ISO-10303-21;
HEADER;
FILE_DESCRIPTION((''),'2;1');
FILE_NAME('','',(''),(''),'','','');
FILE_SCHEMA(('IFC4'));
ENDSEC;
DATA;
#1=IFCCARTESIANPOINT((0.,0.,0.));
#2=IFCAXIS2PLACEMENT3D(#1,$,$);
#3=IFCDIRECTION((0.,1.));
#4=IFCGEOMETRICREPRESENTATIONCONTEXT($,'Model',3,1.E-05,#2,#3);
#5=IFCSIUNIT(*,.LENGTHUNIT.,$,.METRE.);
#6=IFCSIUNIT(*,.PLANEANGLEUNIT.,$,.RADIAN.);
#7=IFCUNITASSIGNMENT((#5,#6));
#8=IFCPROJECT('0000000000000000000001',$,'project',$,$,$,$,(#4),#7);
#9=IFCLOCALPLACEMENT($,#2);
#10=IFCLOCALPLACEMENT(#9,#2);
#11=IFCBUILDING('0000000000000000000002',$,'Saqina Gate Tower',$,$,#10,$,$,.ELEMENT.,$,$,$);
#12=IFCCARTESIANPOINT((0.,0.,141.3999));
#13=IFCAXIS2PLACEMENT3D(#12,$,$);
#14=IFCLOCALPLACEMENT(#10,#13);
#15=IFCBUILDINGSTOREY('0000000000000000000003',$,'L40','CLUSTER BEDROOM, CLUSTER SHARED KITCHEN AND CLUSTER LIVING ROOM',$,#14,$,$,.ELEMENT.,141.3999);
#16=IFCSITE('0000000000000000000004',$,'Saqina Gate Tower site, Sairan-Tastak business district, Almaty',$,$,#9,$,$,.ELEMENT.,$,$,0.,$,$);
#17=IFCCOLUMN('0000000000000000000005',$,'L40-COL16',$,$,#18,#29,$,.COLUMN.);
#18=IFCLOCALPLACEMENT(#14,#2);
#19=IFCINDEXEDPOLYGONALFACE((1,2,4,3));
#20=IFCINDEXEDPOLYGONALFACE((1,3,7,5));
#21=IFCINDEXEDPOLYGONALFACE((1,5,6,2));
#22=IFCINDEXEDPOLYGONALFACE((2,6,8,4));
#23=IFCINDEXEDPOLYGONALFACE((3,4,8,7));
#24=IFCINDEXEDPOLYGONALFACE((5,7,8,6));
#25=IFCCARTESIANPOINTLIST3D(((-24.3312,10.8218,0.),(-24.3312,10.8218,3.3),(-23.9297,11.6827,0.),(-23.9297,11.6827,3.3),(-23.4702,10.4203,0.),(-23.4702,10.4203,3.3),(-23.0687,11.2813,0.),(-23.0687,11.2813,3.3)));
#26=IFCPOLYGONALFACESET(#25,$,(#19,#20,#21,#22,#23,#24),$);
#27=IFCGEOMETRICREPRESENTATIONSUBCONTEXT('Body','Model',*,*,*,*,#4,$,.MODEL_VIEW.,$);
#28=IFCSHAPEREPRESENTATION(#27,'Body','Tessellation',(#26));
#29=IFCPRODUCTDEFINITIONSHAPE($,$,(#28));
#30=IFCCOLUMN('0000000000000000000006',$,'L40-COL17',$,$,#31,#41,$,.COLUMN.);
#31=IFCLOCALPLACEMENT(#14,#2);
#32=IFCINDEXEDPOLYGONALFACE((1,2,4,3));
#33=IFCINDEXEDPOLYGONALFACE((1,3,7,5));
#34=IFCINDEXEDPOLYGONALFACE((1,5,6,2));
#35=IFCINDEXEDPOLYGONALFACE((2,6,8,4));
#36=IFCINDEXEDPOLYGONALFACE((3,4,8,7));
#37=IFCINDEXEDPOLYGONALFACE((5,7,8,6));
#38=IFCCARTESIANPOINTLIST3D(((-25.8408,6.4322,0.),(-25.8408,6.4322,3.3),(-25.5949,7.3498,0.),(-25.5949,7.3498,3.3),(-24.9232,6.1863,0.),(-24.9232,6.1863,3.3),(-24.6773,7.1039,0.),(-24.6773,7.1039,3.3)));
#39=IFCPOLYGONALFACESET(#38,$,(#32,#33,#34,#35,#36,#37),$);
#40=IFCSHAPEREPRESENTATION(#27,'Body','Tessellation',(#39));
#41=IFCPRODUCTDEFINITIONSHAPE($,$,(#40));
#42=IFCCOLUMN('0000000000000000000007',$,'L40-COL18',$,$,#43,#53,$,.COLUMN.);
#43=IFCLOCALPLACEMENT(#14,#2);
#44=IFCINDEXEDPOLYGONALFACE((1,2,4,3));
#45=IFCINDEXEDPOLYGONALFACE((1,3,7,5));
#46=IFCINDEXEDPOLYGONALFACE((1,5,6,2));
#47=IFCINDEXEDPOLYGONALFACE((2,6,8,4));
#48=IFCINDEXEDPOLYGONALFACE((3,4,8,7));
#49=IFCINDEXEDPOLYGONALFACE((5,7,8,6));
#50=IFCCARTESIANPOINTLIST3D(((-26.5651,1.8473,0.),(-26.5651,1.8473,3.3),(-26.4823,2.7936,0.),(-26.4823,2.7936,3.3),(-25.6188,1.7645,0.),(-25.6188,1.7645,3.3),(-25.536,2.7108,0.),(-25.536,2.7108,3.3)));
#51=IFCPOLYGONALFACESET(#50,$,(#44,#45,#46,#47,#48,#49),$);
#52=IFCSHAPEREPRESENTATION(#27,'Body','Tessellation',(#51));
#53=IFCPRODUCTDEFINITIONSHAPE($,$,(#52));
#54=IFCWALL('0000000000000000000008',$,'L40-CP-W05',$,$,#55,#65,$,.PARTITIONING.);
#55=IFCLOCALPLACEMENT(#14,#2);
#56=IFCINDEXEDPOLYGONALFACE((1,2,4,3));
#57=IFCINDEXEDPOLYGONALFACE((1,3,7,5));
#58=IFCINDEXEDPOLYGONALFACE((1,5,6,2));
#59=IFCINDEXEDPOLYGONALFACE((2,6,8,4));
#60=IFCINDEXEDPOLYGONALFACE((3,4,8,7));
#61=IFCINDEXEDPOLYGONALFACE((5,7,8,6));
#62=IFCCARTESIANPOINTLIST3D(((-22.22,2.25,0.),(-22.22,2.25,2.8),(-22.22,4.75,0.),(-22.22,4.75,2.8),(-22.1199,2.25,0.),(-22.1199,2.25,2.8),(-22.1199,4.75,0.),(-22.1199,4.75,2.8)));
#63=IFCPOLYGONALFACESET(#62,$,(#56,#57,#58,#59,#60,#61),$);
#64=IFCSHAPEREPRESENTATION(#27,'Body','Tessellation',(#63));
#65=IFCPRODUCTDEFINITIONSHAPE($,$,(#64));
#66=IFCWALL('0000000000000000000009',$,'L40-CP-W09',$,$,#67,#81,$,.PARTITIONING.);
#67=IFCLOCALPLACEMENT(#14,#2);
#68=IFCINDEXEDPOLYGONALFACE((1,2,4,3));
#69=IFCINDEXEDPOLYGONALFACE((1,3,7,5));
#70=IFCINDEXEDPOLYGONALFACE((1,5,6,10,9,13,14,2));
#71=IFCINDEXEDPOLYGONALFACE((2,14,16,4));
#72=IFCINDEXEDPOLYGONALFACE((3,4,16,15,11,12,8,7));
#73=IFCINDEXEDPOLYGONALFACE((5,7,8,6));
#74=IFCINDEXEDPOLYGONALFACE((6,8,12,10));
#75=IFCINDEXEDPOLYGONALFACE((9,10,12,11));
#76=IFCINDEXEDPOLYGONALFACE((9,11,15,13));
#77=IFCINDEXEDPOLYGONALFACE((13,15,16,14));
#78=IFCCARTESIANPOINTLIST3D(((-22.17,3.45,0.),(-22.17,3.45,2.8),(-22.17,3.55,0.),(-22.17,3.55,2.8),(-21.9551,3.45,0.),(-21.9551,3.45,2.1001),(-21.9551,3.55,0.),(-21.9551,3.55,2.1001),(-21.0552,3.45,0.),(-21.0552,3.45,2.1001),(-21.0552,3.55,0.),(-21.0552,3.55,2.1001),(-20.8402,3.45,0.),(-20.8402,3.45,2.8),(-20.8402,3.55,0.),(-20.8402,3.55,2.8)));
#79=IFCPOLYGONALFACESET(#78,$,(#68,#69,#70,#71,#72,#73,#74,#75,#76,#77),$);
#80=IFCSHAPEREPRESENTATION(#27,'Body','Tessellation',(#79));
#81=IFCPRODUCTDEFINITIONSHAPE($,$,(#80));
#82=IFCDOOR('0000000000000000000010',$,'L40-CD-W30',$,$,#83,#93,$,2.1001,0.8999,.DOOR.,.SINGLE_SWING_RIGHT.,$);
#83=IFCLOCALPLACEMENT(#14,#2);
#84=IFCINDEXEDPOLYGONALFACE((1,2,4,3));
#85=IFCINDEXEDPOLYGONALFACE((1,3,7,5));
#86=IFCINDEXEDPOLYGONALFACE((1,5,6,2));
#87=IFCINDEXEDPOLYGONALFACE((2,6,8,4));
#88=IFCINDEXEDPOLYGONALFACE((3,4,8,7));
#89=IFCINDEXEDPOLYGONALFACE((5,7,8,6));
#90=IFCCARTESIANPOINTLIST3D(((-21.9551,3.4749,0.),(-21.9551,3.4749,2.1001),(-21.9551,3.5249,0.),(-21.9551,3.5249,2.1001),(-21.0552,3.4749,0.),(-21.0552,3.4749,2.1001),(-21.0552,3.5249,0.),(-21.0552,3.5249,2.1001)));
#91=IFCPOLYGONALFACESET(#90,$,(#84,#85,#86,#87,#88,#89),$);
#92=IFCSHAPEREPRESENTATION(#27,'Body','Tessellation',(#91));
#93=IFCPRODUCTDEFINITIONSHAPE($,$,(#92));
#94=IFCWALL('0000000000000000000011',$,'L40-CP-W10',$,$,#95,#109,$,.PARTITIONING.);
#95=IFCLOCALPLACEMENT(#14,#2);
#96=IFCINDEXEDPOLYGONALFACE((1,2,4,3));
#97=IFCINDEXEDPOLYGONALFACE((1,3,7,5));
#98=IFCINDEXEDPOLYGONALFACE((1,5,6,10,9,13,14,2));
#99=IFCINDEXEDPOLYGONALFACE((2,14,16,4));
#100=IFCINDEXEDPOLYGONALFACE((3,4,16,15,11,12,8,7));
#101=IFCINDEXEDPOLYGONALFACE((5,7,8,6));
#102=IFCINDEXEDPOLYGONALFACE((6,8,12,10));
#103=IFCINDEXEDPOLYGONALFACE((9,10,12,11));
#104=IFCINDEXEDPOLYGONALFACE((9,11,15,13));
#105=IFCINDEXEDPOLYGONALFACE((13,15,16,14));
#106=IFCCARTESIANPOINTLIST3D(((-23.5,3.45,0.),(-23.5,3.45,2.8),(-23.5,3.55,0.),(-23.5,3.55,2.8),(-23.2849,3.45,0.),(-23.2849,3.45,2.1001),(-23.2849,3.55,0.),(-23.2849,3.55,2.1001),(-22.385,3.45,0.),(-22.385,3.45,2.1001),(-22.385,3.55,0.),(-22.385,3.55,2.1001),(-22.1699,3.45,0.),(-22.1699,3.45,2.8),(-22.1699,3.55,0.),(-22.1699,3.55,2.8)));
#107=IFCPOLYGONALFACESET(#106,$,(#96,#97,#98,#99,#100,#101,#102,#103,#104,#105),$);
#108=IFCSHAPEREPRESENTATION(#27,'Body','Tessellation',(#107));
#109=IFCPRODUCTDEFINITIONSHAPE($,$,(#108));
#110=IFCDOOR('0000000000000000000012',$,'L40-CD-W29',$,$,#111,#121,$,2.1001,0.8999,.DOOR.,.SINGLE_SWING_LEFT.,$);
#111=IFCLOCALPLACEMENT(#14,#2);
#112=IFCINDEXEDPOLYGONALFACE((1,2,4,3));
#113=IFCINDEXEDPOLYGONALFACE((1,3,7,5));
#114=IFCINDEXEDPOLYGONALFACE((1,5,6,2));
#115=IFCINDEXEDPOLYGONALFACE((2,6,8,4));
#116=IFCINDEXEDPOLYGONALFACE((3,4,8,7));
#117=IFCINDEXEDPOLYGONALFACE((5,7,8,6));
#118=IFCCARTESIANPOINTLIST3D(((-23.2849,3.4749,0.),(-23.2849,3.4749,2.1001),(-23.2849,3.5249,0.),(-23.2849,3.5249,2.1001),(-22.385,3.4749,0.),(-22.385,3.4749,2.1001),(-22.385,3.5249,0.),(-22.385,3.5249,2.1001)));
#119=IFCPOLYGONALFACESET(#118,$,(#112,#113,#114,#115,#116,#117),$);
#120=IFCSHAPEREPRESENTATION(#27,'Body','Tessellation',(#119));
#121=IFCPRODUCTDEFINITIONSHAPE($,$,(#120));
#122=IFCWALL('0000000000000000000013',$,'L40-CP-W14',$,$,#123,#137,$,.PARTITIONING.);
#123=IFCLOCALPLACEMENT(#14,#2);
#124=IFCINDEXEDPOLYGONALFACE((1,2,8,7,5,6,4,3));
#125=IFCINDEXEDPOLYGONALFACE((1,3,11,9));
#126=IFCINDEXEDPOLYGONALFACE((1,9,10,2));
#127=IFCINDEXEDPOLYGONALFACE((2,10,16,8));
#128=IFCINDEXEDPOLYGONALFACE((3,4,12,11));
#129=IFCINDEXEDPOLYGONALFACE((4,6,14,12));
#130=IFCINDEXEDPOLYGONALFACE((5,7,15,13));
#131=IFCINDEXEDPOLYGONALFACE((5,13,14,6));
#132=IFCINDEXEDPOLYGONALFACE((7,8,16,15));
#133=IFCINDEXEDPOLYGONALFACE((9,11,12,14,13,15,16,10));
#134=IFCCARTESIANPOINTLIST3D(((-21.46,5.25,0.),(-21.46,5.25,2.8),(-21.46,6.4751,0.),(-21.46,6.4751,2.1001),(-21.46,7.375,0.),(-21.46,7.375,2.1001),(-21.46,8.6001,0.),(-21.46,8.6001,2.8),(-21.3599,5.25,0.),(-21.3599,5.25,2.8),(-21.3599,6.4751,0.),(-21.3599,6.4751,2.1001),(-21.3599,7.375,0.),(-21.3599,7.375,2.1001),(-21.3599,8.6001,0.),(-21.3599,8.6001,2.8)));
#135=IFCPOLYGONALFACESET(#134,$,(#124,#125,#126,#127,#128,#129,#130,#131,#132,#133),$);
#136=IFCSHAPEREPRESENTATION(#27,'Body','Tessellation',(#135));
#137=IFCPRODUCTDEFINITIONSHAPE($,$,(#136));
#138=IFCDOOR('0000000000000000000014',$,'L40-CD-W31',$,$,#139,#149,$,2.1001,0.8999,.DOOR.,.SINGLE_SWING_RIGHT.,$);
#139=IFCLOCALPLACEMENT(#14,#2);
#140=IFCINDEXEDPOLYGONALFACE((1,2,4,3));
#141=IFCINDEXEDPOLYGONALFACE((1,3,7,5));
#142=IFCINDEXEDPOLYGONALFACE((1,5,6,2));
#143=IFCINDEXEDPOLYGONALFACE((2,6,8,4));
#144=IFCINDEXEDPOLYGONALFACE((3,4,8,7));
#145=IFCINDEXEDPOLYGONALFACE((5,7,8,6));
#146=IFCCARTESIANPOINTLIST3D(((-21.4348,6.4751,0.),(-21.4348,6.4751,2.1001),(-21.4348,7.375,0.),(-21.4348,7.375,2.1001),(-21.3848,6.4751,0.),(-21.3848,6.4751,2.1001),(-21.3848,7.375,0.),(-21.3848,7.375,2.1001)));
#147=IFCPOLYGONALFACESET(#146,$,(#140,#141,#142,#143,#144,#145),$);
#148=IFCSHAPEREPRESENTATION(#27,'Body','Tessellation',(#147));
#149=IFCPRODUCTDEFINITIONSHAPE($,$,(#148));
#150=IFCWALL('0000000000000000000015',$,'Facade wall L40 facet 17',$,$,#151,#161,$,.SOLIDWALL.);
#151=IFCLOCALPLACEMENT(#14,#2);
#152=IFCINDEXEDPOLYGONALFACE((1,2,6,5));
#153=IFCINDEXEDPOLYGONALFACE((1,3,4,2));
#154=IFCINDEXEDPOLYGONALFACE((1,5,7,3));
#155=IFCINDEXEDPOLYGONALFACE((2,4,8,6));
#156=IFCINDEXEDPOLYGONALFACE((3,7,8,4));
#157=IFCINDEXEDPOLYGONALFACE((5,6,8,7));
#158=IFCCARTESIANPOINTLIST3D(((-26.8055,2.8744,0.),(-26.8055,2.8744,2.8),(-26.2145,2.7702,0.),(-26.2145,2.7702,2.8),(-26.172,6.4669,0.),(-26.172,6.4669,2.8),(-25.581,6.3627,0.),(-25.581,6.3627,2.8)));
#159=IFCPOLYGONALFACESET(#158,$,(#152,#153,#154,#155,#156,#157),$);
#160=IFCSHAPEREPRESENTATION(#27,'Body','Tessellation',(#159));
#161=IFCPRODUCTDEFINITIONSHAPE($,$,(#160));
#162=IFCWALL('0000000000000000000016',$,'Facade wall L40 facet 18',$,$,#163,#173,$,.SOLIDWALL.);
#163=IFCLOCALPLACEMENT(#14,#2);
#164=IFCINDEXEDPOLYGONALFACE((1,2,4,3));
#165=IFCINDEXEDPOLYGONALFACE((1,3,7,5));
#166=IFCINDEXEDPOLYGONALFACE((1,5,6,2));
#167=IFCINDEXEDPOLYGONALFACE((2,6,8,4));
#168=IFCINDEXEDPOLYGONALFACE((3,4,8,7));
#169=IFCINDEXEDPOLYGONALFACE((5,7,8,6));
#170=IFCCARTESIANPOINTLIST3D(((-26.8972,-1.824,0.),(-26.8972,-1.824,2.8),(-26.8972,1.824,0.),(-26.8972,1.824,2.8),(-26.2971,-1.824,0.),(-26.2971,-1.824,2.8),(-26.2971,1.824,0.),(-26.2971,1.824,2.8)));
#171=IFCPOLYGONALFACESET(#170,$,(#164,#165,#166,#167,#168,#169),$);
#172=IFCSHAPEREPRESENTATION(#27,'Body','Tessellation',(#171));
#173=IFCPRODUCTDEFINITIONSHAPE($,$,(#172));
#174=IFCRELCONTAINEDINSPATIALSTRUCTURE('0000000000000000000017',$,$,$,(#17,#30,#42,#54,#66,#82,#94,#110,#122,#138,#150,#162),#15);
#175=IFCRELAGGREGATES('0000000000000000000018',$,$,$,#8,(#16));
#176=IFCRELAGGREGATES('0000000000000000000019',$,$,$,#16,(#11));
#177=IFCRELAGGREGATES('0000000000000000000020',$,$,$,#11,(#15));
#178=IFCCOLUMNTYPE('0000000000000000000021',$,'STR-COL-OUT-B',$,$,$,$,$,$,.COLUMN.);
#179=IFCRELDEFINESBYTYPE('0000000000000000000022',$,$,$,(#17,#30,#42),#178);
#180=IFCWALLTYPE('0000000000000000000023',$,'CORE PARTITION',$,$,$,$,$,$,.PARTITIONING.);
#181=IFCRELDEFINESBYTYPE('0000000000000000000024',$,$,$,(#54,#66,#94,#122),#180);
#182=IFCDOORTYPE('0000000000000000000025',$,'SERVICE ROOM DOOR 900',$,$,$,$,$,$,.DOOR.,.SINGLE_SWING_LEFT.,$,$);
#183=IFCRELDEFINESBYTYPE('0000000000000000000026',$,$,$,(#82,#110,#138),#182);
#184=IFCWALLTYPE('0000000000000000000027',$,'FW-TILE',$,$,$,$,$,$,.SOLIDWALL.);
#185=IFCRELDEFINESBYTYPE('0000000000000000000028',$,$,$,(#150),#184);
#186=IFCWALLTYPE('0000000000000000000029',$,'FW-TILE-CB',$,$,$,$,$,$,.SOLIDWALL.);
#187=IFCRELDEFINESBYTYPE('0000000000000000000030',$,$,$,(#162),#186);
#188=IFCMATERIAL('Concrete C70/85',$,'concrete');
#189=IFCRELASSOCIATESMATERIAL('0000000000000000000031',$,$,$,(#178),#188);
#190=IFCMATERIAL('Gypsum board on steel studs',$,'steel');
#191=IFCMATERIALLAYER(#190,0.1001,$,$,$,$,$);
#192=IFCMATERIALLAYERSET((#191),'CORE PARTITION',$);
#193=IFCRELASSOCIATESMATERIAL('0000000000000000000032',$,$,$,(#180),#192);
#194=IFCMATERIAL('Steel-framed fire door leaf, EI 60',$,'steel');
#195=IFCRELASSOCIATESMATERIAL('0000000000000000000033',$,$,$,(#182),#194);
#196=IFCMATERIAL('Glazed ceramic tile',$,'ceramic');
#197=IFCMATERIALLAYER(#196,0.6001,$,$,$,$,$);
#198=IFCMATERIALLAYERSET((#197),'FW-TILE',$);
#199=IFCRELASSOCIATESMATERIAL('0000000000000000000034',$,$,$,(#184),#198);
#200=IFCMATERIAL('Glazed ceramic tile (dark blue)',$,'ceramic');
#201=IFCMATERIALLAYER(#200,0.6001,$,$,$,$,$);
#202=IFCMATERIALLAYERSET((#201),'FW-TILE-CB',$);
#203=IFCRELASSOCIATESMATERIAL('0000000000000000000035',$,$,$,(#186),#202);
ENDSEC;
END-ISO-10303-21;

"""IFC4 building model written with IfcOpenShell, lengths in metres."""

from ifc_helpers import new_model, si_unit, direction, frame, frame_2d, origin, origin_2d, place, context, subcontext, project, spatial, rectangle, extrude, material, layer, layer_set, material_profile, profile_set, type_object, element, fill, save


model = new_model("IFC4")

# Units and contexts
model_context = context("Model", 3, precision=1e-05, world=origin(), true_north=direction((0.0, 1.0)))
body_context = subcontext(model_context, "Body", "Model", "MODEL_VIEW")
ifc_project = project(units=[si_unit("LENGTHUNIT", "METRE"), si_unit("PLANEANGLEUNIT", "RADIAN")], contexts=[model_context])

# Site, building, storey
site_placement = place(None, origin())
site = spatial("IfcSite", under=ifc_project, at=site_placement, Name="Saqina Gate Tower site, Sairan-Tastak business district, Almaty", CompositionType="ELEMENT", RefElevation=0.0)
building_placement = place(site_placement, origin())
building = spatial("IfcBuilding", under=site, at=building_placement, Name="Saqina Gate Tower", CompositionType="ELEMENT")
storey_placement = place(building_placement, frame((0.0, 0.0, 141.3999)))
storey = spatial("IfcBuildingStorey", under=building, at=storey_placement, Name="L40", Description="CLUSTER BEDROOM, CLUSTER SHARED KITCHEN AND CLUSTER LIVING ROOM", CompositionType="ELEMENT", Elevation=141.3999)

# Columns
ifc_material_1 = material(Name="Concrete C70/85", Category="concrete")
ifc_material_profile = material_profile(ifc_material_1, rectangle(XDim=0.95, YDim=0.95, at=origin_2d()), Name="RC 950x950")
ifc_profile_set = profile_set([ifc_material_profile], Name="Concrete C70/85")
column_type = type_object("IfcColumnType", Name="STR-COL-OUT-B", PredefinedType="COLUMN", material=ifc_profile_set)
for number, where, z_axis, x_axis, name in (
    (1, (-23.7, 11.0515, 0.0), (0.0, 0.0, 1.0), (-0.906308, 0.422618, 0.0), "L40-COL16"),
    (2, (-25.259, 6.7681, 0.0), (0.0, 0.0, 1.0), (-0.965926, 0.258819, 0.0), "L40-COL17"),
    (3, (-26.0505, 2.2791, 0.0), (0.0, 0.0, 1.0), (-0.996195, 0.087156, 0.0), "L40-COL18"),
):
    element("IfcColumn", number, at=place(storey_placement, frame(where, z_axis=z_axis, x_axis=x_axis)), inside=storey, type_object=column_type, Name=name, PredefinedType="COLUMN", context=body_context, shape_type="SweptSolid", body=[
        extrude(rectangle(XDim=0.95, YDim=0.95, at=origin_2d()), origin(), (0.0, 0.0, 1.0), 3.3),
    ])

# Wall
ifc_material_2 = material(Name="Gypsum board on steel studs", Category="steel")
ifc_layer_1 = layer(ifc_material_2, 0.1001)
ifc_layer_set_1 = layer_set([ifc_layer_1], Name="CORE PARTITION")
wall_type_1 = type_object("IfcWallType", Name="CORE PARTITION", PredefinedType="PARTITIONING", material=ifc_layer_set_1)
wall_1_placement = place(storey_placement, frame((-22.1699, 2.25, 0.0), z_axis=(0.0, 0.0, 1.0), x_axis=(0.0, 1.0, 0.0)))
element("IfcWall", 4, at=wall_1_placement, inside=storey, type_object=wall_type_1, Name="L40-CP-W05", PredefinedType="PARTITIONING", context=body_context, shape_type="SweptSolid", body=[
    extrude(rectangle(XDim=2.5, YDim=0.1001, at=frame_2d((1.25, 0.0))), origin(), (0.0, 0.0, 1.0), 2.8),
])

# Walls, openings, doors
wall_2_placement = place(storey_placement, frame((-20.8401, 3.5, 0.0), z_axis=(0.0, 0.0, 1.0), x_axis=(-1.0, 0.0, 0.0)))
wall_2 = element("IfcWall", 5, at=wall_2_placement, inside=storey, type_object=wall_type_1, Name="L40-CP-W09", PredefinedType="PARTITIONING", context=body_context, shape_type="SweptSolid", body=[
    extrude(rectangle(XDim=1.3298, YDim=0.1001, at=frame_2d((0.665, 0.0))), origin(), (0.0, 0.0, 1.0), 2.8),
])
opening_1_placement = place(wall_2_placement, frame((0.2151, 0.0, 0.0)))
opening_1 = element("IfcOpeningElement", 6, at=opening_1_placement, cuts=wall_2, PredefinedType="OPENING", context=body_context, shape_type="SweptSolid", body=[
    extrude(rectangle(XDim=0.8999, YDim=2.1001, at=frame_2d((0.45, 1.05))), frame((0.0, 0.062, 0.0), z_axis=(0.0, -1.0, 0.0), x_axis=(1.0, 0.0, 0.0)), (0.0, 0.0, 1.0), 0.124),
])
ifc_material_3 = material(Name="Steel-framed fire door leaf, EI 60", Category="steel")
door_type_1 = type_object("IfcDoorType", Name="SERVICE ROOM DOOR 900", OperationType="SINGLE_SWING_LEFT", PredefinedType="DOOR", material=ifc_material_3)
door_1_placement = place(opening_1_placement, frame((0.8999, 0.0, 0.0), z_axis=(0.0, 0.0, 1.0), x_axis=(-1.0, 0.0, 0.0)))
door_1 = element("IfcDoor", 7, at=door_1_placement, inside=storey, type_object=door_type_1, Name="L40-CD-W30", OperationType="SINGLE_SWING_RIGHT", OverallHeight=2.1001, OverallWidth=0.8999, PredefinedType="DOOR", context=body_context, shape_type="SweptSolid", body=[
    extrude(rectangle(XDim=0.8999, YDim=2.1001, at=frame_2d((0.45, 1.05))), frame((0.0, 0.0249, 0.0), z_axis=(0.0, -1.0, 0.0), x_axis=(1.0, 0.0, 0.0)), (0.0, 0.0, 1.0), 0.05),
])
fill(opening_1, door_1)
wall_3_placement = place(storey_placement, frame((-22.1699, 3.5, 0.0), z_axis=(0.0, 0.0, 1.0), x_axis=(-1.0, 0.0, 0.0)))
wall_3 = element("IfcWall", 8, at=wall_3_placement, inside=storey, type_object=wall_type_1, Name="L40-CP-W10", PredefinedType="PARTITIONING", context=body_context, shape_type="SweptSolid", body=[
    extrude(rectangle(XDim=1.3301, YDim=0.1001, at=frame_2d((0.665, 0.0))), origin(), (0.0, 0.0, 1.0), 2.8),
])
opening_2_placement = place(wall_3_placement, frame((0.2151, 0.0, 0.0)))
opening_2 = element("IfcOpeningElement", 9, at=opening_2_placement, cuts=wall_3, PredefinedType="OPENING", context=body_context, shape_type="SweptSolid", body=[
    extrude(rectangle(XDim=0.8999, YDim=2.1001, at=frame_2d((0.45, 1.05))), frame((0.0, 0.062, 0.0), z_axis=(0.0, -1.0, 0.0), x_axis=(1.0, 0.0, 0.0)), (0.0, 0.0, 1.0), 0.124),
])
door_2_placement = place(opening_2_placement, frame((0.8999, 0.0, 0.0), z_axis=(0.0, 0.0, 1.0), x_axis=(-1.0, 0.0, 0.0)))
door_2 = element("IfcDoor", 10, at=door_2_placement, inside=storey, type_object=door_type_1, Name="L40-CD-W29", OperationType="SINGLE_SWING_LEFT", OverallHeight=2.1001, OverallWidth=0.8999, PredefinedType="DOOR", context=body_context, shape_type="SweptSolid", body=[
    extrude(rectangle(XDim=0.8999, YDim=2.1001, at=frame_2d((0.45, 1.05))), frame((0.0, 0.0249, 0.0), z_axis=(0.0, -1.0, 0.0), x_axis=(1.0, 0.0, 0.0)), (0.0, 0.0, 1.0), 0.05),
])
fill(opening_2, door_2)
wall_4_placement = place(storey_placement, frame((-21.4099, 5.25, 0.0), z_axis=(0.0, 0.0, 1.0), x_axis=(0.0, 1.0, 0.0)))
wall_4 = element("IfcWall", 11, at=wall_4_placement, inside=storey, type_object=wall_type_1, Name="L40-CP-W14", PredefinedType="PARTITIONING", context=body_context, shape_type="SweptSolid", body=[
    extrude(rectangle(XDim=3.3501, YDim=0.1001, at=frame_2d((1.675, 0.0))), origin(), (0.0, 0.0, 1.0), 2.8),
])
opening_3_placement = place(wall_4_placement, frame((1.2251, 0.0, 0.0)))
opening_3 = element("IfcOpeningElement", 12, at=opening_3_placement, cuts=wall_4, PredefinedType="OPENING", context=body_context, shape_type="SweptSolid", body=[
    extrude(rectangle(XDim=0.8999, YDim=2.1001, at=frame_2d((0.45, 1.05))), frame((0.0, 0.062, 0.0), z_axis=(0.0, -1.0, 0.0), x_axis=(1.0, 0.0, 0.0)), (0.0, 0.0, 1.0), 0.124),
])
door_3_placement = place(opening_3_placement, origin())
door_3 = element("IfcDoor", 13, at=door_3_placement, inside=storey, type_object=door_type_1, Name="L40-CD-W31", OperationType="SINGLE_SWING_RIGHT", OverallHeight=2.1001, OverallWidth=0.8999, PredefinedType="DOOR", context=body_context, shape_type="SweptSolid", body=[
    extrude(rectangle(XDim=0.8999, YDim=2.1001, at=frame_2d((0.45, 1.05))), frame((0.0, 0.0249, 0.0), z_axis=(0.0, -1.0, 0.0), x_axis=(1.0, 0.0, 0.0)), (0.0, 0.0, 1.0), 0.05),
])
fill(opening_3, door_3)

# Walls
ifc_material_4 = material(Name="Glazed ceramic tile", Category="ceramic")
ifc_layer_2 = layer(ifc_material_4, 0.6001)
ifc_layer_set_2 = layer_set([ifc_layer_2], Name="FW-TILE")
wall_type_2 = type_object("IfcWallType", Name="FW-TILE", PredefinedType="SOLIDWALL", material=ifc_layer_set_2)
wall_5_placement = place(storey_placement, frame((-25.8765, 6.4148, 0.0), z_axis=(0.0, 0.0, 1.0), x_axis=(-0.173671, -0.984804, 0.0)))
element("IfcWall", 14, at=wall_5_placement, inside=storey, type_object=wall_type_2, Name="Facade wall L40 facet 17", PredefinedType="SOLIDWALL", context=body_context, shape_type="SweptSolid", body=[
    extrude(rectangle(XDim=3.6479, YDim=0.6001, at=frame_2d((1.824, 0.0))), origin(), (0.0, 0.0, 1.0), 2.8),
])
ifc_material_5 = material(Name="Glazed ceramic tile (dark blue)", Category="ceramic")
ifc_layer_3 = layer(ifc_material_5, 0.6001)
ifc_layer_set_3 = layer_set([ifc_layer_3], Name="FW-TILE-CB")
wall_type_3 = type_object("IfcWallType", Name="FW-TILE-CB", PredefinedType="SOLIDWALL", material=ifc_layer_set_3)
wall_6_placement = place(storey_placement, frame((-26.5972, 1.824, 0.0), z_axis=(0.0, 0.0, 1.0), x_axis=(0.0, -1.0, 0.0)))
element("IfcWall", 15, at=wall_6_placement, inside=storey, type_object=wall_type_3, Name="Facade wall L40 facet 18", PredefinedType="SOLIDWALL", context=body_context, shape_type="SweptSolid", body=[
    extrude(rectangle(XDim=3.6479, YDim=0.6001, at=frame_2d((1.824, 0.0))), origin(), (0.0, 0.0, 1.0), 2.8),
])

save(model, "model.ifc")
